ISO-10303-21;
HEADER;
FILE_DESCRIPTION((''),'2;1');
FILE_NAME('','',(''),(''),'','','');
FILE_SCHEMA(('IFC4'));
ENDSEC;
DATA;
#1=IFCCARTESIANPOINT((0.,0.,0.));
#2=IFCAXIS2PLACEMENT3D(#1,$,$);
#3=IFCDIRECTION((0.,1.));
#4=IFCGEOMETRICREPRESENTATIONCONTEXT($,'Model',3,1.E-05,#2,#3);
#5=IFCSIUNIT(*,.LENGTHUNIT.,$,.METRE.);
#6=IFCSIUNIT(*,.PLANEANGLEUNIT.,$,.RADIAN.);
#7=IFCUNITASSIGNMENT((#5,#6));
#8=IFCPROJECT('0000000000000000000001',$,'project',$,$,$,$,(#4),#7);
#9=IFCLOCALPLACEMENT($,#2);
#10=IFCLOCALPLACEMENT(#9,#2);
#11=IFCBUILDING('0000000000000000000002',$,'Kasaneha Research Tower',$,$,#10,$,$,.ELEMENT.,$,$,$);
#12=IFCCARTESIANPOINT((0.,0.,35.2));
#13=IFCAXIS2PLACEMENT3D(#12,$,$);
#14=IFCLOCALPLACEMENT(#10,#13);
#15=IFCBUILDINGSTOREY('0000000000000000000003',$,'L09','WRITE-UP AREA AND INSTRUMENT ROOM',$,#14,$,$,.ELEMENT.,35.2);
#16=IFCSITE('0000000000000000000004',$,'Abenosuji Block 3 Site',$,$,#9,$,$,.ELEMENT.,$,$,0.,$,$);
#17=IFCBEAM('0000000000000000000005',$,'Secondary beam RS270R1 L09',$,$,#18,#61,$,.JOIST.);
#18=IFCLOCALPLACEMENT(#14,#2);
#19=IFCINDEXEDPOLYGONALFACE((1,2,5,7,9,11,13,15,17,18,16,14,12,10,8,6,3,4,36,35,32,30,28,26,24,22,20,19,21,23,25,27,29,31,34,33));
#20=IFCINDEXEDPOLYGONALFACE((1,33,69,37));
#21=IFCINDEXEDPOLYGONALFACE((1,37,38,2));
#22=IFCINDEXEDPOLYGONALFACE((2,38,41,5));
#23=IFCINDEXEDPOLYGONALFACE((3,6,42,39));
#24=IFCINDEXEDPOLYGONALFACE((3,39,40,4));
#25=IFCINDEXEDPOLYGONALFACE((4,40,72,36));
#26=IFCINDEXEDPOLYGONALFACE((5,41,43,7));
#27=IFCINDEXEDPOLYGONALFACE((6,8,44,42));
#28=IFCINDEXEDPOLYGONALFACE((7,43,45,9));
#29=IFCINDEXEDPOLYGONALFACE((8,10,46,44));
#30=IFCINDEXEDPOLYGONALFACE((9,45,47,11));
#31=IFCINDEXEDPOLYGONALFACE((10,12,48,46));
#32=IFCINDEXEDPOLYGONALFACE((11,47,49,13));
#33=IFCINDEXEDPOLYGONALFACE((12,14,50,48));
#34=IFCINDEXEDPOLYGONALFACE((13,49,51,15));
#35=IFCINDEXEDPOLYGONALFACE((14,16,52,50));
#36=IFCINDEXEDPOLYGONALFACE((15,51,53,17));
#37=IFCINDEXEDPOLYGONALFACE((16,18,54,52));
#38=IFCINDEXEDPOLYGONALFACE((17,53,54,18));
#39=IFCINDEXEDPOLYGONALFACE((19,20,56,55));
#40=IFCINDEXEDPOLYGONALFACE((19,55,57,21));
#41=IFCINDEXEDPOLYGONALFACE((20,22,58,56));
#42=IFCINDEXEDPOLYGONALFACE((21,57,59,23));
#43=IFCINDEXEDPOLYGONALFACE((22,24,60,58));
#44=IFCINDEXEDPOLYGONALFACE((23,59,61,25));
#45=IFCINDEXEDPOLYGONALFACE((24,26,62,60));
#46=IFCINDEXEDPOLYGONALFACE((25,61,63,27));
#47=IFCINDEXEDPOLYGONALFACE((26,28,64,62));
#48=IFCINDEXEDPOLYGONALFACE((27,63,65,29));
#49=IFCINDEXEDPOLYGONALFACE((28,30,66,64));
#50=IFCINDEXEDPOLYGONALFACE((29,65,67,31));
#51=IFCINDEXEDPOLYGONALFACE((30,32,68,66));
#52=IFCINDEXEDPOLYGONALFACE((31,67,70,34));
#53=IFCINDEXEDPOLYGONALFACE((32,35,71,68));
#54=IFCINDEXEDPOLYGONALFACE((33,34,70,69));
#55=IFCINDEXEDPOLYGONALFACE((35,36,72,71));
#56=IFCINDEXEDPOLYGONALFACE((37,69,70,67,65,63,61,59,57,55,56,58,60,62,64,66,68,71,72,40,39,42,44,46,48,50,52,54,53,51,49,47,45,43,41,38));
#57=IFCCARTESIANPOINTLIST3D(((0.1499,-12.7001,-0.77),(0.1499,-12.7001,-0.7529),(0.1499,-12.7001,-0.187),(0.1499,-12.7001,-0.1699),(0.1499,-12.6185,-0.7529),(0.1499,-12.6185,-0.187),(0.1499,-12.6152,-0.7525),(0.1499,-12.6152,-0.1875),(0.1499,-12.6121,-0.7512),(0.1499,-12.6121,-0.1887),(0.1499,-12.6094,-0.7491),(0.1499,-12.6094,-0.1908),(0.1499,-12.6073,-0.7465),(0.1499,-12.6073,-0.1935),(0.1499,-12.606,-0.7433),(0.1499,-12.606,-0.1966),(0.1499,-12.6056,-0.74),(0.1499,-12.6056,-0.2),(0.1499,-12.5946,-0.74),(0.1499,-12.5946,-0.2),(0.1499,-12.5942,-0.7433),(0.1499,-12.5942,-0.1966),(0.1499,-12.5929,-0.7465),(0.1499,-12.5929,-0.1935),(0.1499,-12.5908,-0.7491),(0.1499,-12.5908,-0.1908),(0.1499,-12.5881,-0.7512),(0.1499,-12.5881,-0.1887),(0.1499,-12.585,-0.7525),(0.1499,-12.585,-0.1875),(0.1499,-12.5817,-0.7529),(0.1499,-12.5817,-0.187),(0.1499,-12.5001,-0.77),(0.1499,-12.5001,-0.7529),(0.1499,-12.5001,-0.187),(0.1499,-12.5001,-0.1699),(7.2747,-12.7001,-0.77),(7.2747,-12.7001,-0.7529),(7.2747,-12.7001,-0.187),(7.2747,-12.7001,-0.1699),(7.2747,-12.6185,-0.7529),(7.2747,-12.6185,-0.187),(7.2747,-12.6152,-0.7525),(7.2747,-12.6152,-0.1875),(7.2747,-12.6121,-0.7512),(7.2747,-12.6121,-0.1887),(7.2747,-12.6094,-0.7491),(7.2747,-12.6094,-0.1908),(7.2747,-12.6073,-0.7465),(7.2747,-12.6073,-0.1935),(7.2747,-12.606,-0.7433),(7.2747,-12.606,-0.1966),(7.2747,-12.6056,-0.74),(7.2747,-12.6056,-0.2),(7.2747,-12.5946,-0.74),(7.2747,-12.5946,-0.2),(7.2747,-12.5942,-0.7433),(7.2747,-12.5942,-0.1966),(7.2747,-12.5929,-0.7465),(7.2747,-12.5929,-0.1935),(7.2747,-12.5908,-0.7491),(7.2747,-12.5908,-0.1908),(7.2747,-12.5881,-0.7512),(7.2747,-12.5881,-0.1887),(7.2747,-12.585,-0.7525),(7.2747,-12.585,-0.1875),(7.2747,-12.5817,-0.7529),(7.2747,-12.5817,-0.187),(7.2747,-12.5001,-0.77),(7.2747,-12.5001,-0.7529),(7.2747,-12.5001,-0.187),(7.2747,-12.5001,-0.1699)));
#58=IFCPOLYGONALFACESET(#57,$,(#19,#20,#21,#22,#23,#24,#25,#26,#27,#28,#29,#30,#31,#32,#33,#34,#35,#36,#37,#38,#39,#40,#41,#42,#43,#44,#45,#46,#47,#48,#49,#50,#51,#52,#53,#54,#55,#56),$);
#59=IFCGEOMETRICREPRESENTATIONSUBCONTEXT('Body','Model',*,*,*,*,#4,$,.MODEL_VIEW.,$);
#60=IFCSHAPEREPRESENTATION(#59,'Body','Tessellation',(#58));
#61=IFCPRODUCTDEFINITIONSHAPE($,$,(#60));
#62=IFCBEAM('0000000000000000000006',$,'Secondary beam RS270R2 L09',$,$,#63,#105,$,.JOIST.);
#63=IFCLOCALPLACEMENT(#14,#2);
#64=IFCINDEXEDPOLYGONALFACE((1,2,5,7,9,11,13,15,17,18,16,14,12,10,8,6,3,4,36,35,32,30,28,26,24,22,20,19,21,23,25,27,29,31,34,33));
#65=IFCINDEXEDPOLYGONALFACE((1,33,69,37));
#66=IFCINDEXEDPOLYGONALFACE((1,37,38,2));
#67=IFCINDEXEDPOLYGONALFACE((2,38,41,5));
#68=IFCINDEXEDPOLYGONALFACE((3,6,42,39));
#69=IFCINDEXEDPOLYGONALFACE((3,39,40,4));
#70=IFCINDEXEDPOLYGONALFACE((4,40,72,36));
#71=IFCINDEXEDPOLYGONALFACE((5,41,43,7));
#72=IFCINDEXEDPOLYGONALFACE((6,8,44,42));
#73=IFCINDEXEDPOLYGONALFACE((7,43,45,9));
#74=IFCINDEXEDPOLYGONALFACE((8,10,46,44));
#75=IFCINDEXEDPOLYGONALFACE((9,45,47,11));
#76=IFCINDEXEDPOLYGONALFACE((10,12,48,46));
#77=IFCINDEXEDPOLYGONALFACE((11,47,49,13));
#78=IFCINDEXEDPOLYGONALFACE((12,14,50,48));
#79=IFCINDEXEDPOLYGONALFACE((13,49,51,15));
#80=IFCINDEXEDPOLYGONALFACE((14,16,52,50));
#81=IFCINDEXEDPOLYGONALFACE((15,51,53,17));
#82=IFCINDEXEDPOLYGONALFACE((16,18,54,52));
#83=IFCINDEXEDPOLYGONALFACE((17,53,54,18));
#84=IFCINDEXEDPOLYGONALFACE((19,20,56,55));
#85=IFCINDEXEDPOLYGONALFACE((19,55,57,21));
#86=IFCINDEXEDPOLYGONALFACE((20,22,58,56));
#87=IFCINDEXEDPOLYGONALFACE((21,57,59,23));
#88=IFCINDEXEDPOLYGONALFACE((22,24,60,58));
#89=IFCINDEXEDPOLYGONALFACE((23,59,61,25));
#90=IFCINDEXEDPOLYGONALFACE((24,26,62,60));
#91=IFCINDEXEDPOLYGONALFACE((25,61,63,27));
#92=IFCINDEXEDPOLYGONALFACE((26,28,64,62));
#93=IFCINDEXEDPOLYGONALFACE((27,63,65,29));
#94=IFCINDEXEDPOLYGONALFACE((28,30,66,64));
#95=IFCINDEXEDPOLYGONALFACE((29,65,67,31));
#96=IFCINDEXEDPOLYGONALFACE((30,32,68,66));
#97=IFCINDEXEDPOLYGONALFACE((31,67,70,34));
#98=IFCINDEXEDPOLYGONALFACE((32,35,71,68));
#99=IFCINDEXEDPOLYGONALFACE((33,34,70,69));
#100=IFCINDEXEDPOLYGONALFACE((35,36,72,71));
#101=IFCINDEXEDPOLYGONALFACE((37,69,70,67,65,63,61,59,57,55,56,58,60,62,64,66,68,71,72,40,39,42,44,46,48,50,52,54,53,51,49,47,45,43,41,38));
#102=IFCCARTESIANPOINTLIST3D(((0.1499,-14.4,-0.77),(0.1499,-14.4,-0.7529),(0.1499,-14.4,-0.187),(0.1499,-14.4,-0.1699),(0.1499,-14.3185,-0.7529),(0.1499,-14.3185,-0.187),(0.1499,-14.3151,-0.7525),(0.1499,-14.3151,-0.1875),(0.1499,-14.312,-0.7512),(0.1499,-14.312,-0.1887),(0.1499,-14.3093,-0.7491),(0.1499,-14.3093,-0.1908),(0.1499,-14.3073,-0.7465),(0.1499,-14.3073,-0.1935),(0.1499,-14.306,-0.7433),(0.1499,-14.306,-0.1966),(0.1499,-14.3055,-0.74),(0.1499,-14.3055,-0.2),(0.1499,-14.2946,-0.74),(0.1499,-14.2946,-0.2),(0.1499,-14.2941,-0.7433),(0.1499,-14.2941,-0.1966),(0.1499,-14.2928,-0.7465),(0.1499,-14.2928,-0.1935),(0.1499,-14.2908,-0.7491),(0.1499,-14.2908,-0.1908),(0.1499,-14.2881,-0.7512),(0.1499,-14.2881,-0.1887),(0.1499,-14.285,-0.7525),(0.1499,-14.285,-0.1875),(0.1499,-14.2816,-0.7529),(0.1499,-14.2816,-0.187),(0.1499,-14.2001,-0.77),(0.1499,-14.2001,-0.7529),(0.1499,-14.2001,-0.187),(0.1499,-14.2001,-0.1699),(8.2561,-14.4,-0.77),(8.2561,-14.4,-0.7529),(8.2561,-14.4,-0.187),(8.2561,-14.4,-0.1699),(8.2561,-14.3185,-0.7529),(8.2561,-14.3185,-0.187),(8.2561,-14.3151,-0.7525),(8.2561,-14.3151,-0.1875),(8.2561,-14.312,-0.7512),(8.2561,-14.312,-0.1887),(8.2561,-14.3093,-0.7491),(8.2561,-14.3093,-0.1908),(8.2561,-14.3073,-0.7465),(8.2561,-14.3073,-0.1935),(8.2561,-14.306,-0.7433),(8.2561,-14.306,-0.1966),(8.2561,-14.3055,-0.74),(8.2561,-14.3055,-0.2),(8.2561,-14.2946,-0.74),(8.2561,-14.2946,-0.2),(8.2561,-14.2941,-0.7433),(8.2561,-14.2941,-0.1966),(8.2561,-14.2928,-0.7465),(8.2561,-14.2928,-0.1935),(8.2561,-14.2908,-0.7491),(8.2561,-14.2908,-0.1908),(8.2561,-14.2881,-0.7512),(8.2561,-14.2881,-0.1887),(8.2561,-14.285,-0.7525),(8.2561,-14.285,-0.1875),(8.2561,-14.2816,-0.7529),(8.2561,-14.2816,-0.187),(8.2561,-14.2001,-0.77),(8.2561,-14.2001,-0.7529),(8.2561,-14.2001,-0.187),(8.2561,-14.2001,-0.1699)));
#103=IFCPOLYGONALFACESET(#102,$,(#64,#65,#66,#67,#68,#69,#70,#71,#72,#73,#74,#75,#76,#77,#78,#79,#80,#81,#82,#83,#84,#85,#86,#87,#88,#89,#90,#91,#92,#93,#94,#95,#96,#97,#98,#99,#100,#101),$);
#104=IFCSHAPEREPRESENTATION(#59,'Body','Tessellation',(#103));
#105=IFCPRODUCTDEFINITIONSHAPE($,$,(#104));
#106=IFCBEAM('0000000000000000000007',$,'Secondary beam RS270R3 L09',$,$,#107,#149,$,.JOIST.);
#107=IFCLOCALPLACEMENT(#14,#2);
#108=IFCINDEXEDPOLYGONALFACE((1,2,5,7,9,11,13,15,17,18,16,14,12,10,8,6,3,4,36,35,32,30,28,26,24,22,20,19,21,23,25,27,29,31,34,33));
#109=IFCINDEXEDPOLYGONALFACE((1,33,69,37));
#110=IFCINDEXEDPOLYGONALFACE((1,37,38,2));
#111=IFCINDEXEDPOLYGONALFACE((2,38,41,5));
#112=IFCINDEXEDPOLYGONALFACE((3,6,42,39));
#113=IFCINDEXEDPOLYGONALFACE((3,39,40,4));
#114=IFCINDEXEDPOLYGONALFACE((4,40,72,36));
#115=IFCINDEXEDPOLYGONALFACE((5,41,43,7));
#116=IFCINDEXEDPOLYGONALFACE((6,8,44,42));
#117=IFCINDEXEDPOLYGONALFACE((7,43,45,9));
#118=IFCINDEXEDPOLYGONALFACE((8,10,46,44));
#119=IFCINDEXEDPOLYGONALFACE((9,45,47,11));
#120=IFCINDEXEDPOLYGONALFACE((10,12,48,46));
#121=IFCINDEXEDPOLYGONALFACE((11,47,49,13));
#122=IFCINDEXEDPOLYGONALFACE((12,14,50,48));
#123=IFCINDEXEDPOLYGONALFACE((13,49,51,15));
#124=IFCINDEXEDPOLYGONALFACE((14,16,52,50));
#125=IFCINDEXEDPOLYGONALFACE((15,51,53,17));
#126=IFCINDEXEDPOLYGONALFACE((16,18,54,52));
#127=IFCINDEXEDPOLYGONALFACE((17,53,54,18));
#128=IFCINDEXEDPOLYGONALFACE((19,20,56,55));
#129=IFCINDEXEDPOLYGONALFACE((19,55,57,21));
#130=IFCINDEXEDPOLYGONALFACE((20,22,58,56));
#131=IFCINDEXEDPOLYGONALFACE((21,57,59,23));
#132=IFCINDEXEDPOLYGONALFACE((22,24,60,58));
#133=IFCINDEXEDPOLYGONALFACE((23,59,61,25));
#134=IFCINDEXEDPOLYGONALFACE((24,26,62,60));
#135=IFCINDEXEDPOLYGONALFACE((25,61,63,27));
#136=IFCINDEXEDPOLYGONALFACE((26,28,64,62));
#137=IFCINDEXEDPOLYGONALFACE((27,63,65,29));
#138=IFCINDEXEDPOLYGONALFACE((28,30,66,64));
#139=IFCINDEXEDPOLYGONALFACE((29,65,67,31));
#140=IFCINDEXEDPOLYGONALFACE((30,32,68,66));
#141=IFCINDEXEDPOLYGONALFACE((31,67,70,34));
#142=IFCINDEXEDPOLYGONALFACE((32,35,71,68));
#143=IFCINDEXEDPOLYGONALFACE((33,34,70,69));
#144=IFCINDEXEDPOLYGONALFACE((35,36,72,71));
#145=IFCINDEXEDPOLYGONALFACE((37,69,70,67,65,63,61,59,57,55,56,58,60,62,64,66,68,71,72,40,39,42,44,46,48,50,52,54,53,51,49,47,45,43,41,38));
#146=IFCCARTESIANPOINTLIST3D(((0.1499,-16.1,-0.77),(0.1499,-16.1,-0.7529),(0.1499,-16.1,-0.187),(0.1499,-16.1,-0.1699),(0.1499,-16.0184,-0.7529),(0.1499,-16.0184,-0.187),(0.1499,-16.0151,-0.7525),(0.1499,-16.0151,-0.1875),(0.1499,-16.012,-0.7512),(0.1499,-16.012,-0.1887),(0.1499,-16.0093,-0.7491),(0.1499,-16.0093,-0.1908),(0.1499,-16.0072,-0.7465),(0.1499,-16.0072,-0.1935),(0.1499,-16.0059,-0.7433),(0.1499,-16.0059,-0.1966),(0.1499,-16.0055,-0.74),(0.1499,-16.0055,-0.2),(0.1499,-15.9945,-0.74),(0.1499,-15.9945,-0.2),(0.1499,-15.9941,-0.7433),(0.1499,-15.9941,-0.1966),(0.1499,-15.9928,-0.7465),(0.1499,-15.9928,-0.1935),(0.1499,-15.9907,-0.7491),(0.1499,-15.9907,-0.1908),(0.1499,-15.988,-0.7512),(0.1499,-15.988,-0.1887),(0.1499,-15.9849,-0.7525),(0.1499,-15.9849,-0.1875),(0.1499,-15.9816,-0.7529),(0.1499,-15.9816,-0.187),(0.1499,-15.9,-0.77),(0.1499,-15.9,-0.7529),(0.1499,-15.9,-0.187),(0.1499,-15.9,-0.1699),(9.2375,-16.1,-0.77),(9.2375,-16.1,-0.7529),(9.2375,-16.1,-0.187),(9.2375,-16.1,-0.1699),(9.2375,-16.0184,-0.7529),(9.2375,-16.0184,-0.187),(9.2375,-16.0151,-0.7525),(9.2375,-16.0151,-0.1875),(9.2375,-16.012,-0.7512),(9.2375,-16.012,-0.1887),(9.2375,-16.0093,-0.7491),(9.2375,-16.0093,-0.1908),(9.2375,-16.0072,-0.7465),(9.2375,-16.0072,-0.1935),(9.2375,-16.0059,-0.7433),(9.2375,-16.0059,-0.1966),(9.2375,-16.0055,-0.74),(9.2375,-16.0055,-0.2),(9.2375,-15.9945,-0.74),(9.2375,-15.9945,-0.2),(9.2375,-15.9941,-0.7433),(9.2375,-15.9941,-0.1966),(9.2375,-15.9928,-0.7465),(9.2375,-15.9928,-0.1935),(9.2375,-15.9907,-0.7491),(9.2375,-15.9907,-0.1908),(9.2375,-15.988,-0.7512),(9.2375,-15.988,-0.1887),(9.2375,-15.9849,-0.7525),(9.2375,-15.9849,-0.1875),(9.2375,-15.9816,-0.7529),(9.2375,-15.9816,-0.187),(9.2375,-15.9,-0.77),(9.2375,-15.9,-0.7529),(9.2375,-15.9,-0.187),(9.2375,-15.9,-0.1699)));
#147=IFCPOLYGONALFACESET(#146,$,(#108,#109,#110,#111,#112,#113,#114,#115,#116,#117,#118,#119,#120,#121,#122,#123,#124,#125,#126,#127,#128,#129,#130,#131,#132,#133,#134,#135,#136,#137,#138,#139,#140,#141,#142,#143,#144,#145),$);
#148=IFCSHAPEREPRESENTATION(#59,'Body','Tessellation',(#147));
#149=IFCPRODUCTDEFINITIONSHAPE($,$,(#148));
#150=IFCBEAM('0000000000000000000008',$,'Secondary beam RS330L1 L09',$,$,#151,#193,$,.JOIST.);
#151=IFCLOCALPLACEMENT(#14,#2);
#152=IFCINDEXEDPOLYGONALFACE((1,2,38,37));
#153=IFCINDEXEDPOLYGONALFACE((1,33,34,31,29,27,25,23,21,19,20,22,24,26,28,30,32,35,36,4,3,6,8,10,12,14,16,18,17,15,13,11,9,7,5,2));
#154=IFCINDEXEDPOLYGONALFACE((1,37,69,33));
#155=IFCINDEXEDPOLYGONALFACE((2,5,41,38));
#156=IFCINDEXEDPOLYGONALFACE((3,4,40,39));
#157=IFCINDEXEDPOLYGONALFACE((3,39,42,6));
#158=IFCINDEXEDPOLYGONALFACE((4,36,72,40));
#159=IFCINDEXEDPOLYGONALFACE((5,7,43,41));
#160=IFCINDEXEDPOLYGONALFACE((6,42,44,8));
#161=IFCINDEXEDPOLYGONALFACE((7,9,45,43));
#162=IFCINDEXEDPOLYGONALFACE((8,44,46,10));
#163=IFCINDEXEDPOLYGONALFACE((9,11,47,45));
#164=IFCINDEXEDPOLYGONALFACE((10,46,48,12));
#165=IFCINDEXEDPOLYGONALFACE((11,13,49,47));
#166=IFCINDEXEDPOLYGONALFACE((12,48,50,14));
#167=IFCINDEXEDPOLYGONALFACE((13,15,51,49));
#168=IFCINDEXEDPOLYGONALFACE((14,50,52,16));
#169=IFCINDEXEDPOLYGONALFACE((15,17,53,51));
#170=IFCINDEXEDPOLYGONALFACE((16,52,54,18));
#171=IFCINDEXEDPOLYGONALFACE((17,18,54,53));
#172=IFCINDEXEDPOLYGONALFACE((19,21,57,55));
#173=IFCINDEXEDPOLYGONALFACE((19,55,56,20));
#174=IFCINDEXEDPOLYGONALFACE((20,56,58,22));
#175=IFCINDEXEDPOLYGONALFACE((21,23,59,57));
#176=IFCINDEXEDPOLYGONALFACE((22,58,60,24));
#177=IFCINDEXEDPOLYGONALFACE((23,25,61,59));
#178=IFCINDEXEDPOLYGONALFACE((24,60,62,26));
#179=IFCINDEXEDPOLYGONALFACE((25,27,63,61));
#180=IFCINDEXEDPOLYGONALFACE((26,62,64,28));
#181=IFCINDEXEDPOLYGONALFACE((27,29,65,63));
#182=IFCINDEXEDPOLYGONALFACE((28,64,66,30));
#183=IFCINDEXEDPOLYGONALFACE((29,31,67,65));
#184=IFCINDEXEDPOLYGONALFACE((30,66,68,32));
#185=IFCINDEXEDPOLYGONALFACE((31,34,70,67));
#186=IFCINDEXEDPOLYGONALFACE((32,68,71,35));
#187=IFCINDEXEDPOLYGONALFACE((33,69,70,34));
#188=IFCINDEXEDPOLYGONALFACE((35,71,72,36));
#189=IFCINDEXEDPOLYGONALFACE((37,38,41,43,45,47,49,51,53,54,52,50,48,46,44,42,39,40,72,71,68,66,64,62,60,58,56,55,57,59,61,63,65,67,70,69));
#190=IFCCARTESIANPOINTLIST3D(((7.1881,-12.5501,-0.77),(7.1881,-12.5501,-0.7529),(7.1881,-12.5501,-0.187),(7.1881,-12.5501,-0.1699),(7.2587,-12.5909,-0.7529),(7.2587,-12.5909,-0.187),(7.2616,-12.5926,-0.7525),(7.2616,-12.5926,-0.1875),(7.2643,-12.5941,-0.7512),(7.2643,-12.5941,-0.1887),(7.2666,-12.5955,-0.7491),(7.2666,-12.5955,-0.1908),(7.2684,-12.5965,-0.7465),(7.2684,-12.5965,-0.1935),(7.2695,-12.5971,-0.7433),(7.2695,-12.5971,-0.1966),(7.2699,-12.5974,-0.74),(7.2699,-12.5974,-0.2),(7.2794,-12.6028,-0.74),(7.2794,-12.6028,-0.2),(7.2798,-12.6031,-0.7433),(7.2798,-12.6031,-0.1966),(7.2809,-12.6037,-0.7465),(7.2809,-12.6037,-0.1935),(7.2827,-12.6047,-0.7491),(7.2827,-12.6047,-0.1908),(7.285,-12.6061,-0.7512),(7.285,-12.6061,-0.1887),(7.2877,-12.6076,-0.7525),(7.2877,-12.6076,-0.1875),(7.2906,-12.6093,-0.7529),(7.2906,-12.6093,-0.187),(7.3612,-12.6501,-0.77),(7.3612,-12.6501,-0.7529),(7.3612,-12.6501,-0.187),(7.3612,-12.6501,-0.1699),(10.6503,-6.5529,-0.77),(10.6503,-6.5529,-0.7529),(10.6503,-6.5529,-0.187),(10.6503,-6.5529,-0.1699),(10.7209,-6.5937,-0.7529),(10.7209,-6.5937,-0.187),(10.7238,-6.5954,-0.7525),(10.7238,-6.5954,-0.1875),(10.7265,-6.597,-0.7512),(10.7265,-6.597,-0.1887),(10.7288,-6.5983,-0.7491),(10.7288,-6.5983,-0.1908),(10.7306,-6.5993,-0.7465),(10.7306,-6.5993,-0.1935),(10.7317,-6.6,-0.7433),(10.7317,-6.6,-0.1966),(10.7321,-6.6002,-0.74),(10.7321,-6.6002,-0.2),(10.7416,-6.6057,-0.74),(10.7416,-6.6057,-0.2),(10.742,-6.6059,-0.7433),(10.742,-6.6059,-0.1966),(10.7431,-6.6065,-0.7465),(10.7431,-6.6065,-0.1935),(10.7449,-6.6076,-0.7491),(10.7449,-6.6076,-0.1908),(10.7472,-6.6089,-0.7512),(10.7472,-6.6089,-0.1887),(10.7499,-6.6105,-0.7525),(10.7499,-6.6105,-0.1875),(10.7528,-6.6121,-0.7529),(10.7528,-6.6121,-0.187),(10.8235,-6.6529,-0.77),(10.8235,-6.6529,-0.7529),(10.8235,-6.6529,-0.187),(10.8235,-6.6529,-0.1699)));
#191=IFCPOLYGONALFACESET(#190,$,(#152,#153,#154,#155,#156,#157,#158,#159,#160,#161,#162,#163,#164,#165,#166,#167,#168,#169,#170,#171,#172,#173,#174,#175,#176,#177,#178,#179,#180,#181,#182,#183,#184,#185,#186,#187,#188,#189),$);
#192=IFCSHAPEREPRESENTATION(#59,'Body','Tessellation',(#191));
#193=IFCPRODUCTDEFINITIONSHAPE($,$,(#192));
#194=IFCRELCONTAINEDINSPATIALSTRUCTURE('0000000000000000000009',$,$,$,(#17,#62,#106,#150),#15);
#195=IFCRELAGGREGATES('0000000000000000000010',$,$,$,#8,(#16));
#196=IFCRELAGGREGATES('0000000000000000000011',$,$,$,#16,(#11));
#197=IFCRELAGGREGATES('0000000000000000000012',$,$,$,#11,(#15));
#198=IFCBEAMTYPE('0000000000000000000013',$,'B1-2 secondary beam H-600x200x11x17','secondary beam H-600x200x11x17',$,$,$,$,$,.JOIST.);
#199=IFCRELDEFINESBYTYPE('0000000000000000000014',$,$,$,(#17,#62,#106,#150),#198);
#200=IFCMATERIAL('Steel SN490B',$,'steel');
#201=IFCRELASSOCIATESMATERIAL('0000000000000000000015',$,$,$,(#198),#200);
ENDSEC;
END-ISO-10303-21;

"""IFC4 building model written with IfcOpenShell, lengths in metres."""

from ifc_helpers import new_model, si_unit, direction, frame, origin, origin_2d, place, context, subcontext, project, spatial, i_section, extrude, material, material_profile, profile_set, type_object, element, save


model = new_model("IFC4")

# Units and contexts
model_context = context("Model", 3, precision=1e-05, world=origin(), true_north=direction((0.0, 1.0)))
body_context = subcontext(model_context, "Body", "Model", "MODEL_VIEW")
ifc_project = project(units=[si_unit("LENGTHUNIT", "METRE"), si_unit("PLANEANGLEUNIT", "RADIAN")], contexts=[model_context])

# Site, building, storey
site_placement = place(None, origin())
site = spatial("IfcSite", under=ifc_project, at=site_placement, Name="Abenosuji Block 3 Site", CompositionType="ELEMENT", RefElevation=0.0)
building_placement = place(site_placement, origin())
building = spatial("IfcBuilding", under=site, at=building_placement, Name="Kasaneha Research Tower", CompositionType="ELEMENT")
storey_placement = place(building_placement, frame((0.0, 0.0, 35.2)))
storey = spatial("IfcBuildingStorey", under=building, at=storey_placement, Name="L09", Description="WRITE-UP AREA AND INSTRUMENT ROOM", CompositionType="ELEMENT", Elevation=35.2)

# Beams
ifc_material_1 = material(Name="Steel SN490B", Category="steel")
ifc_material_profile_1 = material_profile(ifc_material_1, i_section(OverallWidth=0.2, OverallDepth=0.6001, WebThickness=0.011, FlangeThickness=0.0171, FilletRadius=0.0129, at=origin_2d()), Name="H-600x200x11x17")
ifc_profile_set_1 = profile_set([ifc_material_profile_1], Name="Steel SN490B")
beam_type_1 = type_object("IfcBeamType", Name="B1-2 secondary beam H-600x200x11x17", Description="secondary beam H-600x200x11x17", PredefinedType="JOIST", material=ifc_profile_set_1)
beam_1_placement = place(storey_placement, frame((7.2747, -12.6001, -0.47), z_axis=(-1.0, 0.0, 0.0), x_axis=(0.0, -1.0, 0.0)))
element("IfcBeam", 1, at=beam_1_placement, inside=storey, type_object=beam_type_1, Name="Secondary beam RS270R1 L09", PredefinedType="JOIST", context=body_context, shape_type="SweptSolid", body=[
    extrude(i_section(OverallWidth=0.2, OverallDepth=0.6001, WebThickness=0.011, FlangeThickness=0.0171, FilletRadius=0.0129, at=origin_2d()), origin(), (0.0, 0.0, 1.0), 7.1248),
])
beam_2_placement = place(storey_placement, frame((8.2561, -14.3, -0.47), z_axis=(-1.0, 0.0, 0.0), x_axis=(0.0, -1.0, 0.0)))
element("IfcBeam", 2, at=beam_2_placement, inside=storey, type_object=beam_type_1, Name="Secondary beam RS270R2 L09", PredefinedType="JOIST", context=body_context, shape_type="SweptSolid", body=[
    extrude(i_section(OverallWidth=0.2, OverallDepth=0.6001, WebThickness=0.011, FlangeThickness=0.0171, FilletRadius=0.0129, at=origin_2d()), origin(), (0.0, 0.0, 1.0), 8.1062),
])
beam_3_placement = place(storey_placement, frame((9.2375, -16.0, -0.47), z_axis=(-1.0, 0.0, 0.0), x_axis=(0.0, -1.0, 0.0)))
element("IfcBeam", 3, at=beam_3_placement, inside=storey, type_object=beam_type_1, Name="Secondary beam RS270R3 L09", PredefinedType="JOIST", context=body_context, shape_type="SweptSolid", body=[
    extrude(i_section(OverallWidth=0.2, OverallDepth=0.6001, WebThickness=0.011, FlangeThickness=0.0171, FilletRadius=0.0129, at=origin_2d()), origin(), (0.0, 0.0, 1.0), 9.0876),
])
beam_4_placement = place(storey_placement, frame((7.2747, -12.6001, -0.47), z_axis=(0.499973, 0.866041, 0.0), x_axis=(-0.866041, 0.499973, 0.0)))
element("IfcBeam", 4, at=beam_4_placement, inside=storey, type_object=beam_type_1, Name="Secondary beam RS330L1 L09", PredefinedType="JOIST", context=body_context, shape_type="SweptSolid", body=[
    extrude(i_section(OverallWidth=0.2, OverallDepth=0.6001, WebThickness=0.011, FlangeThickness=0.0171, FilletRadius=0.0129, at=origin_2d()), origin(), (0.0, 0.0, 1.0), 6.9248),
])

save(model, "model.ifc")
